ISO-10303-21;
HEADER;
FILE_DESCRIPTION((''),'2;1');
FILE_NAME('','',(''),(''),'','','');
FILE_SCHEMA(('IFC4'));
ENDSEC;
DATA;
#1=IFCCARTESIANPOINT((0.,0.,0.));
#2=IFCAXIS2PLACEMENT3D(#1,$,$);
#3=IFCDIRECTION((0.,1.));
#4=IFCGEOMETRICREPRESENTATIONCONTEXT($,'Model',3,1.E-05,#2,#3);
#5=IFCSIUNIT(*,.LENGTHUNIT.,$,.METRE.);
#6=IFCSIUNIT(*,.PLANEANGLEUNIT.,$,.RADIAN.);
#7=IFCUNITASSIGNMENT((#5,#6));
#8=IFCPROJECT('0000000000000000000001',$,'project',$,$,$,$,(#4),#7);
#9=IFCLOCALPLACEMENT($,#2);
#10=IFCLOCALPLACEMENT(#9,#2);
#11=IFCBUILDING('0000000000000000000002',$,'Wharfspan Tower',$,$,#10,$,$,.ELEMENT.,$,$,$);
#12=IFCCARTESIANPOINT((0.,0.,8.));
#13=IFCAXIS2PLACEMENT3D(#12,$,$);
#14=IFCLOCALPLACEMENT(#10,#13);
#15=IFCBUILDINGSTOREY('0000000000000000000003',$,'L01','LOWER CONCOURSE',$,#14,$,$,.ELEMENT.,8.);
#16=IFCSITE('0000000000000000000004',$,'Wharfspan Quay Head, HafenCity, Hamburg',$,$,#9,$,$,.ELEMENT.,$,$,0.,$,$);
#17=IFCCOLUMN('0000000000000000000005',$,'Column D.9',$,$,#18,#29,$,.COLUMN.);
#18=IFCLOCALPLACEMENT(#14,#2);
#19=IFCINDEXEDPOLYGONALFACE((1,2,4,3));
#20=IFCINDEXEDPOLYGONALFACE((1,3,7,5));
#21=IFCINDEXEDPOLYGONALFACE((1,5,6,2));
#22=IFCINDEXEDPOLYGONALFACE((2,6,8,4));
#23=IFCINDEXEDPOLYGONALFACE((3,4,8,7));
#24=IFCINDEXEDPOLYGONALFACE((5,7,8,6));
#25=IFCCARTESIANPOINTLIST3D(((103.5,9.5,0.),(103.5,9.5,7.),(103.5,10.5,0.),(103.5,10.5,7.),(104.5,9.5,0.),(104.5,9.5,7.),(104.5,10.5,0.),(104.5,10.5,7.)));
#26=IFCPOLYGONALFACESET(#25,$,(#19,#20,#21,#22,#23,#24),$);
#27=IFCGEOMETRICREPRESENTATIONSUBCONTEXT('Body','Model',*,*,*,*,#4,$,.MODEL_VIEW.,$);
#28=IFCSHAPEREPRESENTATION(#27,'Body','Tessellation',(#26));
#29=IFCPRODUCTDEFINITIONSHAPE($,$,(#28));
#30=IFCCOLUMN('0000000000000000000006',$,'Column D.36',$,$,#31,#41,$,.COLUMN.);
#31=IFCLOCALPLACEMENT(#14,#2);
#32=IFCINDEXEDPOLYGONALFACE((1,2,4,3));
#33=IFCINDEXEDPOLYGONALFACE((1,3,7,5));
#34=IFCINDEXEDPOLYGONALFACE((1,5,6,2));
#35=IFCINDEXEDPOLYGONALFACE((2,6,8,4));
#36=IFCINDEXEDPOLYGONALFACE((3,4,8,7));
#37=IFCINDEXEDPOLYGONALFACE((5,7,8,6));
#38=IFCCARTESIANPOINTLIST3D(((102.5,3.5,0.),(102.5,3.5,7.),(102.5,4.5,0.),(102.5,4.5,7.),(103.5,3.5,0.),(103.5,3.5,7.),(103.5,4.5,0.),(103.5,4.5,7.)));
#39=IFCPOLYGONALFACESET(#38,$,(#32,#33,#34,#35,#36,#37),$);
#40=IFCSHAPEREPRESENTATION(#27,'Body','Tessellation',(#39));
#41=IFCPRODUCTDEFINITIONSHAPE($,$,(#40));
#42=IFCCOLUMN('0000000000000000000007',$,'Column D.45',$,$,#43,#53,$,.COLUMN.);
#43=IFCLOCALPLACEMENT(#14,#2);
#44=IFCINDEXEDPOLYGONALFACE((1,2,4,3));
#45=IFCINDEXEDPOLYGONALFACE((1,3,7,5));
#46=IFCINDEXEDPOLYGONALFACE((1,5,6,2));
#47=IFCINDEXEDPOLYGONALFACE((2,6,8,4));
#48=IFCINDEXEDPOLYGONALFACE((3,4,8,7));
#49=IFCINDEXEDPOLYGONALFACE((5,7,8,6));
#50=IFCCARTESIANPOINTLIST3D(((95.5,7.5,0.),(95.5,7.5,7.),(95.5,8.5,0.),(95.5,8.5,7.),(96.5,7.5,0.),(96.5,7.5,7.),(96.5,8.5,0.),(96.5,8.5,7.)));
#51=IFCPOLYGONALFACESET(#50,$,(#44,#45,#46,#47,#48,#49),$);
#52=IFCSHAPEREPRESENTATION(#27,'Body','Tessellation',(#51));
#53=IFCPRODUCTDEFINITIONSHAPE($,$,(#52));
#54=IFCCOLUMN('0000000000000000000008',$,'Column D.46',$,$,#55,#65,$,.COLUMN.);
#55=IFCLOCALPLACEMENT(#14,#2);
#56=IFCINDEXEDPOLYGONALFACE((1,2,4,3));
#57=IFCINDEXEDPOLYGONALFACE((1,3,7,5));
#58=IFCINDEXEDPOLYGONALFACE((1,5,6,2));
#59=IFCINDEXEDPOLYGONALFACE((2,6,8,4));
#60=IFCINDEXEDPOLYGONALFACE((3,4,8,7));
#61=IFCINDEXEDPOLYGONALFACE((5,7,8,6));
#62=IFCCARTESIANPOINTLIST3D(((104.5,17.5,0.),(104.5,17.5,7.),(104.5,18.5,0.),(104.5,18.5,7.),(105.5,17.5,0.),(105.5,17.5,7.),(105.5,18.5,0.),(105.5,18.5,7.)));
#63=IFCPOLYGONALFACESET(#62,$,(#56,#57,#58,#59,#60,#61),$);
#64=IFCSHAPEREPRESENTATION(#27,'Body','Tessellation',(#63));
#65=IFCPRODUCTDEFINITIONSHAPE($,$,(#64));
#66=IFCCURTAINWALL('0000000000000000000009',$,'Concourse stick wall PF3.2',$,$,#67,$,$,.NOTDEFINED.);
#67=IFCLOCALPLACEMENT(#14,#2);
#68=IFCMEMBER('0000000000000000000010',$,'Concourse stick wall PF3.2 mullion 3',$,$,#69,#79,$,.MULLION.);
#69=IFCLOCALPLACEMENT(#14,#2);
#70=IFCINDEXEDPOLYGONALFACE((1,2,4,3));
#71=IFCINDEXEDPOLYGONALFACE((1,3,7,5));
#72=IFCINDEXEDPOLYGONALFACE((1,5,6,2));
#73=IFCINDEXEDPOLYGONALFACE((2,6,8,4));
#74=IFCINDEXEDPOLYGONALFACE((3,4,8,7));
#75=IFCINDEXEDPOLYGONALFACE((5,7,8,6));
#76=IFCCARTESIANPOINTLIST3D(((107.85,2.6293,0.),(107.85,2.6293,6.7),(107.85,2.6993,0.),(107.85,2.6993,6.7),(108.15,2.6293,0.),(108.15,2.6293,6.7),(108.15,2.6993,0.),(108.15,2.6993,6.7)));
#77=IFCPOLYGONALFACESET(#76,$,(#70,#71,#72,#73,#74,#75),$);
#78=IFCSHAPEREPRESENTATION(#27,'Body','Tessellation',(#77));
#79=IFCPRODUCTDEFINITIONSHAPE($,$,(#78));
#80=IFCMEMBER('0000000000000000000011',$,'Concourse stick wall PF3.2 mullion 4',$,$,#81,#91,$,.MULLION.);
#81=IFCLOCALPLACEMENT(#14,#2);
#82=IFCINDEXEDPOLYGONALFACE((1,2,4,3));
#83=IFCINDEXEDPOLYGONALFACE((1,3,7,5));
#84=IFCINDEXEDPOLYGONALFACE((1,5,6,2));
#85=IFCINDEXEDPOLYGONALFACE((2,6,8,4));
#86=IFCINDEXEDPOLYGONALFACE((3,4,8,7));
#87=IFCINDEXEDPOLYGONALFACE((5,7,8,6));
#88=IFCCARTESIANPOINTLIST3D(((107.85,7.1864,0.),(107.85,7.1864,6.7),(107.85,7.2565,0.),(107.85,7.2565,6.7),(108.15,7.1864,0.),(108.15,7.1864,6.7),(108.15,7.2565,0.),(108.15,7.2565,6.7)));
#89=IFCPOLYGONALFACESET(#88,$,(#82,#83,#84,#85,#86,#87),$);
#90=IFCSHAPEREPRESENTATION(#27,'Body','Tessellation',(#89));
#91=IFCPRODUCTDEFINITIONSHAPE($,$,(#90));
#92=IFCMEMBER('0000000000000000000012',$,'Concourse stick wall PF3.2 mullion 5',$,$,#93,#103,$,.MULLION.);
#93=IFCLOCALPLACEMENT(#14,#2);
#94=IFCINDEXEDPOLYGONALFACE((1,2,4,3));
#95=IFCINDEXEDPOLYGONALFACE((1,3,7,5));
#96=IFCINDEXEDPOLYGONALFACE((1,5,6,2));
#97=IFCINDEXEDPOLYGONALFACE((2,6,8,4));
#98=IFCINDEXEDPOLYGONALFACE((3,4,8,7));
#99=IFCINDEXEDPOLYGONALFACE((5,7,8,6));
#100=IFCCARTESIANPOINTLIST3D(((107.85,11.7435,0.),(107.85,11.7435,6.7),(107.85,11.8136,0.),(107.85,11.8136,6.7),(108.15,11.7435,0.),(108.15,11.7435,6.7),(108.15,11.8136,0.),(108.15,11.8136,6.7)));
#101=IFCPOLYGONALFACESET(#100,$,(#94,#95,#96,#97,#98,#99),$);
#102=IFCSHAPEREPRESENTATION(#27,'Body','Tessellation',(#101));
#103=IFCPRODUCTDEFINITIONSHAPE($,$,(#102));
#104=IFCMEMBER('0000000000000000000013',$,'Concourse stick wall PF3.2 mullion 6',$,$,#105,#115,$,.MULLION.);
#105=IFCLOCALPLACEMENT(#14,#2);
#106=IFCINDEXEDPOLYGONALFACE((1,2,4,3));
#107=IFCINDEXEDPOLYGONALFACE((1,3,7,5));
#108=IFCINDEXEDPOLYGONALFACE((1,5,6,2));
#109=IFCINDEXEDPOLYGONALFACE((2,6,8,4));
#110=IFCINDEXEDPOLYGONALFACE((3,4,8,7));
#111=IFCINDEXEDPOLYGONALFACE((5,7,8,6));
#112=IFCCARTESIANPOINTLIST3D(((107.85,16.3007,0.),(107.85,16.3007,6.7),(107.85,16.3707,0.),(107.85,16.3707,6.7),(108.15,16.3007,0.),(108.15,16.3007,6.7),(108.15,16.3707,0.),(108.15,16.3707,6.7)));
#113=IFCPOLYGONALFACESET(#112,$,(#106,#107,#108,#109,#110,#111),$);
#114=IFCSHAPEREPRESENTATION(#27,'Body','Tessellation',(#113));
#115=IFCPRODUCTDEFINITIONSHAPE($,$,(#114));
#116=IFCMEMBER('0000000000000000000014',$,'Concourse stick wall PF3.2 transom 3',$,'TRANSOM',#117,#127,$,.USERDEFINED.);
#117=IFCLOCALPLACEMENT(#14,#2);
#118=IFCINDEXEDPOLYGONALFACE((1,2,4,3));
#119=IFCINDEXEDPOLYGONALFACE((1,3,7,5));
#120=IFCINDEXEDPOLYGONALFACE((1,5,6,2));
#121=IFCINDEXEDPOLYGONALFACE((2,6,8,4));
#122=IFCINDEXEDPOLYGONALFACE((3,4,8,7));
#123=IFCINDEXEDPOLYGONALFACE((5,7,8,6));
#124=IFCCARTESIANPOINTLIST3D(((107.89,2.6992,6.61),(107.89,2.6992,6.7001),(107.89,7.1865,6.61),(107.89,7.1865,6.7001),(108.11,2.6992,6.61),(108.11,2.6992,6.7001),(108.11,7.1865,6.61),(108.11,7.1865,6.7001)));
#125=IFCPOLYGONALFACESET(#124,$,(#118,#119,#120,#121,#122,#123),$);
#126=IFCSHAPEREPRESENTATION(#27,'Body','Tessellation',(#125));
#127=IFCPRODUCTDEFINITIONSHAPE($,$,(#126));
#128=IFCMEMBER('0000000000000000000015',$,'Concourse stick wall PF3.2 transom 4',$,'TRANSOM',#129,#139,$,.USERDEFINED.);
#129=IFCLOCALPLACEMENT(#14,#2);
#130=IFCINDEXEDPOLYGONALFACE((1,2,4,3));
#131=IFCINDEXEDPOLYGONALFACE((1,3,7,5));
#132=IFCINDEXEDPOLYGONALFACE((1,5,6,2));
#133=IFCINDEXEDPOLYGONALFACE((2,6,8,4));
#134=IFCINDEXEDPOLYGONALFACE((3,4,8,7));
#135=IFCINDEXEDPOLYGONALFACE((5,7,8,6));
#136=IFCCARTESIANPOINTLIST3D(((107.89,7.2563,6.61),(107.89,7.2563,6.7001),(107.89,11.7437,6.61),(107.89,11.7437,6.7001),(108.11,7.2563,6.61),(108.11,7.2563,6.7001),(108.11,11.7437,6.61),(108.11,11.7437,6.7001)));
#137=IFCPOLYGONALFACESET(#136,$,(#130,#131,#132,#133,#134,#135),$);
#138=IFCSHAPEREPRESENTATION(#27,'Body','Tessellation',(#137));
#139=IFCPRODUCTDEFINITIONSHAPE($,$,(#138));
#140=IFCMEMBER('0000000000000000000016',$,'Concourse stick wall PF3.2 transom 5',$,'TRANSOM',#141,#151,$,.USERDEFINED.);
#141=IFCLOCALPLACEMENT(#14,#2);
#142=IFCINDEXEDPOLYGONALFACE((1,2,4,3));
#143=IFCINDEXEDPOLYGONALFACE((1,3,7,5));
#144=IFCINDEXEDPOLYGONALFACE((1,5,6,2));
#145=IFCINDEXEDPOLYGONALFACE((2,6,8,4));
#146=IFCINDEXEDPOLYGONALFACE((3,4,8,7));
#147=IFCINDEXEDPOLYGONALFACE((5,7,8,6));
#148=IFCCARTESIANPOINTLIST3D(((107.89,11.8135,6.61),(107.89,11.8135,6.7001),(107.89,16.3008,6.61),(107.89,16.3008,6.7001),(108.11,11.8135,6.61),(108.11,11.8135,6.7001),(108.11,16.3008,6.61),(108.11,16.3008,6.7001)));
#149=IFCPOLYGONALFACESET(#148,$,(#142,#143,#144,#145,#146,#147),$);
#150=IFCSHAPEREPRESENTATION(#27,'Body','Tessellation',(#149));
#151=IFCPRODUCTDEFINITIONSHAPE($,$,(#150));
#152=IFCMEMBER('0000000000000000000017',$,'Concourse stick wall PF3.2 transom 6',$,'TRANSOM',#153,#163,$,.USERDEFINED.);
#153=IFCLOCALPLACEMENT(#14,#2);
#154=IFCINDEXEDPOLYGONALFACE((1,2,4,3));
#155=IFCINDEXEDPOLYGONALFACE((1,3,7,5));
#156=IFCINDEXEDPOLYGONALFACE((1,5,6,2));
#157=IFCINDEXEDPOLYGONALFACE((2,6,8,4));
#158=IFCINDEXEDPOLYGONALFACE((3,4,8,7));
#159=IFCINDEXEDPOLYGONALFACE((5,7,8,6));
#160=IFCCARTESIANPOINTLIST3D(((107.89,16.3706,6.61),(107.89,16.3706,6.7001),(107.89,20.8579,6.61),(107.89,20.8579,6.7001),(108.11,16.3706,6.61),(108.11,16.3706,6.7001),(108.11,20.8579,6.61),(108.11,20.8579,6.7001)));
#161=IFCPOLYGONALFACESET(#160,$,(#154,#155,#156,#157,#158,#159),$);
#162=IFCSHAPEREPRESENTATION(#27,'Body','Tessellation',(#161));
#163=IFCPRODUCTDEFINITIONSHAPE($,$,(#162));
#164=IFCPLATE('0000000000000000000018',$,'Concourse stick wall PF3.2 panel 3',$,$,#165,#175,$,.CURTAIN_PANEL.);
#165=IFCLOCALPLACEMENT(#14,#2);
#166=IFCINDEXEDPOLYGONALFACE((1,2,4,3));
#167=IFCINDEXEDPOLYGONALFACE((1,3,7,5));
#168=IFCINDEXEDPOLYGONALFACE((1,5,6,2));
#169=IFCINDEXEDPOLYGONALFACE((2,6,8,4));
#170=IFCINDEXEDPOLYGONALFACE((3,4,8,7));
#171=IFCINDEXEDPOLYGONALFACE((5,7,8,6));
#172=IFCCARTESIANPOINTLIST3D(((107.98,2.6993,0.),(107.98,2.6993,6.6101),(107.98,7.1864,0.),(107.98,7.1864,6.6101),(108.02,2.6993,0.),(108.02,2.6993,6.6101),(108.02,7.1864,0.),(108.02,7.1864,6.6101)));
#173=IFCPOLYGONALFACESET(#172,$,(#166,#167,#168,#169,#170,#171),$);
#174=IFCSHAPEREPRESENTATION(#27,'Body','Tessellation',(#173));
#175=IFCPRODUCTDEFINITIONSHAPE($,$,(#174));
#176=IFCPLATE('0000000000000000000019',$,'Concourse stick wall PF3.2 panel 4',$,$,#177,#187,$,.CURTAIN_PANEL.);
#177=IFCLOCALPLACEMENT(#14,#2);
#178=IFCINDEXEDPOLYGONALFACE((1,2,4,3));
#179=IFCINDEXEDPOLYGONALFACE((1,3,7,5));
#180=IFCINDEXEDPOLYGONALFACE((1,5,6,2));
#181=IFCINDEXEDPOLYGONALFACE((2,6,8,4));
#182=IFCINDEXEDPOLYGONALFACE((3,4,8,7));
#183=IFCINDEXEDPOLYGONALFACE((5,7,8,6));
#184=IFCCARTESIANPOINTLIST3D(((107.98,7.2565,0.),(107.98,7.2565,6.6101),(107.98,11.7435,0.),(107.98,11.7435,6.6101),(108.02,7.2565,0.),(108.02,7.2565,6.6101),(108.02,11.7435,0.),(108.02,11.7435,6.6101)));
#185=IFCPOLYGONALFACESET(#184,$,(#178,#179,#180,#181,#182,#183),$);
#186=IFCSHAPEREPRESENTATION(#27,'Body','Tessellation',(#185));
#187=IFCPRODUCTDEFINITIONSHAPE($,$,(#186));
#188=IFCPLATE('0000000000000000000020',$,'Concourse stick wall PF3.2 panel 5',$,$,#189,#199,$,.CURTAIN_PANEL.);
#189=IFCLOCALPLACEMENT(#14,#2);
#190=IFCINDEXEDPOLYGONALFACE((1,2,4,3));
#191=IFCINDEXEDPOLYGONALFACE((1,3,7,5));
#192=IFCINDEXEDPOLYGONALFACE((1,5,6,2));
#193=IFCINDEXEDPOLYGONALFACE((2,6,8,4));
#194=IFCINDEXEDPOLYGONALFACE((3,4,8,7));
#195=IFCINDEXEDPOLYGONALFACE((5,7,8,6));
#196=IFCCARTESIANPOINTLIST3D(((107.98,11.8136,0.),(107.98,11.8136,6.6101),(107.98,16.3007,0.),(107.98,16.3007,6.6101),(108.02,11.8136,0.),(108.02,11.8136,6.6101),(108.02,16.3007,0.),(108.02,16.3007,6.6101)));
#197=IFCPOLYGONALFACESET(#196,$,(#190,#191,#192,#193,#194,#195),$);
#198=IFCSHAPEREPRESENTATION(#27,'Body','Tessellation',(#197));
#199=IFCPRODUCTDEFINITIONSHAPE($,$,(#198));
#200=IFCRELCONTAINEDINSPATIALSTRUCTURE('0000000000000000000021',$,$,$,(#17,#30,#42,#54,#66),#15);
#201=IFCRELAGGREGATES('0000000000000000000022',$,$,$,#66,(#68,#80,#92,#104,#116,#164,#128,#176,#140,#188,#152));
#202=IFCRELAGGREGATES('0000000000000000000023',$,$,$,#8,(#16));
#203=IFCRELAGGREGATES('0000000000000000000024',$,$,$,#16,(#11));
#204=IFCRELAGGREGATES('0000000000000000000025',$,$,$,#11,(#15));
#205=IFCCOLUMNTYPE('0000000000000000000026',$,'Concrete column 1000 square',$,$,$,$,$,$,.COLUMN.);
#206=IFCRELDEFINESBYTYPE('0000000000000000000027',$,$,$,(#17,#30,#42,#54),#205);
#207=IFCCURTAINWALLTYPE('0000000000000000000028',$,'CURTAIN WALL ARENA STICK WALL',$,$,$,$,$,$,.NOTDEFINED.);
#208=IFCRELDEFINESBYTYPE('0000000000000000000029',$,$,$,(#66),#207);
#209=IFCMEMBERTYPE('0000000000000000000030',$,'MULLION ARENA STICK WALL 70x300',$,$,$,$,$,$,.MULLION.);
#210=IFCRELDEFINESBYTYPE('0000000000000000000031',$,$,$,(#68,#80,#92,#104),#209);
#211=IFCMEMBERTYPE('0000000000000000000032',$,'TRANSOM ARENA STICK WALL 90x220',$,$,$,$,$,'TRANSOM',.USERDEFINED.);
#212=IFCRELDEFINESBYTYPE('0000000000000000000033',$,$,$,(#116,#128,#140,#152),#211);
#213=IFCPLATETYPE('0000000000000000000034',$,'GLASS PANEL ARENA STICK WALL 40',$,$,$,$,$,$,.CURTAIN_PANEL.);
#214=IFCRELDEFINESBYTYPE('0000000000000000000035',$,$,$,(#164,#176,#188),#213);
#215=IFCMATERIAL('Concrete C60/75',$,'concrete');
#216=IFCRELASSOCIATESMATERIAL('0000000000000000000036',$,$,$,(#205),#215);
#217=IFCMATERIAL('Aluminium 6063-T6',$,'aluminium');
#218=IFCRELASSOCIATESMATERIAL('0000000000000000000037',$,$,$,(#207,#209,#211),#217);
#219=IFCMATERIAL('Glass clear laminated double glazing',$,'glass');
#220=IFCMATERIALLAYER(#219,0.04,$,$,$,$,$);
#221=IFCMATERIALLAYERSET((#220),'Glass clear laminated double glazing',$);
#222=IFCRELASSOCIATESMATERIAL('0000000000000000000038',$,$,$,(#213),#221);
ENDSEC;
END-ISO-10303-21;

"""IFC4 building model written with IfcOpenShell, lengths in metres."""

from ifc_helpers import new_model, si_unit, direction, frame, origin, origin_2d, place, context, subcontext, project, spatial, rectangle, extrude, material, layer, layer_set, material_profile, profile_set, type_object, element, aggregate, save


model = new_model("IFC4")

# Units and contexts
model_context = context("Model", 3, precision=1e-05, world=origin(), true_north=direction((0.0, 1.0)))
body_context = subcontext(model_context, "Body", "Model", "MODEL_VIEW")
ifc_project = project(units=[si_unit("LENGTHUNIT", "METRE"), si_unit("PLANEANGLEUNIT", "RADIAN")], contexts=[model_context])

# Site, building, storey
site_placement = place(None, origin())
site = spatial("IfcSite", under=ifc_project, at=site_placement, Name="Wharfspan Quay Head, HafenCity, Hamburg", CompositionType="ELEMENT", RefElevation=0.0)
building_placement = place(site_placement, origin())
building = spatial("IfcBuilding", under=site, at=building_placement, Name="Wharfspan Tower", CompositionType="ELEMENT")
storey_placement = place(building_placement, frame((0.0, 0.0, 8.0)))
storey = spatial("IfcBuildingStorey", under=building, at=storey_placement, Name="L01", Description="LOWER CONCOURSE", CompositionType="ELEMENT", Elevation=8.0)

# Columns
ifc_material_1 = material(Name="Concrete C60/75", Category="concrete")
ifc_material_profile_1 = material_profile(ifc_material_1, rectangle(XDim=1.0, YDim=1.0, at=origin_2d()))
ifc_profile_set_1 = profile_set([ifc_material_profile_1], Name="Concrete C60/75")
column_type = type_object("IfcColumnType", Name="Concrete column 1000 square", PredefinedType="COLUMN", material=ifc_profile_set_1)
for number, where, z_axis, x_axis, name in (
    (1, (104.0, 10.0, 0.0), (0.0, 0.0, 1.0), (1.0, 0.0, 0.0), "Column D.9"),
    (2, (103.0, 4.0, 0.0), (0.0, 0.0, 1.0), (1.0, 0.0, 0.0), "Column D.36"),
    (3, (96.0, 8.0, 0.0), (0.0, 0.0, 1.0), (1.0, 0.0, 0.0), "Column D.45"),
    (4, (105.0, 18.0, 0.0), (0.0, 0.0, 1.0), (1.0, 0.0, 0.0), "Column D.46"),
):
    element("IfcColumn", number, at=place(storey_placement, frame(where, z_axis=z_axis, x_axis=x_axis)), inside=storey, type_object=column_type, Name=name, PredefinedType="COLUMN", context=body_context, shape_type="SweptSolid", body=[
        extrude(rectangle(XDim=1.0, YDim=1.0, at=origin_2d()), origin(), (0.0, 0.0, 1.0), 7.0),
    ])

# Curtain wall, members, plates
ifc_material_2 = material(Name="Aluminium 6063-T6", Category="aluminium")
curtain_wall_type = type_object("IfcCurtainWallType", Name="CURTAIN WALL ARENA STICK WALL", PredefinedType="NOTDEFINED", material=ifc_material_2)
curtain_wall_placement = place(storey_placement, origin())
curtain_wall = element("IfcCurtainWall", 5, at=curtain_wall_placement, inside=storey, type_object=curtain_wall_type, Name="Concourse stick wall PF3.2", PredefinedType="NOTDEFINED")
ifc_material_profile_2 = material_profile(ifc_material_2, rectangle(XDim=0.3, YDim=0.0701, at=origin_2d()))
ifc_profile_set_2 = profile_set([ifc_material_profile_2], Name="Aluminium 6063-T6")
member_type_1 = type_object("IfcMemberType", Name="MULLION ARENA STICK WALL 70x300", PredefinedType="MULLION", material=ifc_profile_set_2)
member_1_placement = place(storey_placement, frame((108.0, 2.6643, 0.0), z_axis=(0.0, 0.0, 1.0), x_axis=(-1.0, 0.0, 0.0)))
member_1 = element("IfcMember", 6, at=member_1_placement, type_object=member_type_1, Name="Concourse stick wall PF3.2 mullion 3", PredefinedType="MULLION", context=body_context, shape_type="SweptSolid", body=[
    extrude(rectangle(XDim=0.3, YDim=0.0701, at=origin_2d()), origin(), (0.0, 0.0, 1.0), 6.7),
])
member_2_placement = place(storey_placement, frame((108.0, 7.2214, 0.0), z_axis=(0.0, 0.0, 1.0), x_axis=(-1.0, 0.0, 0.0)))
member_2 = element("IfcMember", 7, at=member_2_placement, type_object=member_type_1, Name="Concourse stick wall PF3.2 mullion 4", PredefinedType="MULLION", context=body_context, shape_type="SweptSolid", body=[
    extrude(rectangle(XDim=0.3, YDim=0.0701, at=origin_2d()), origin(), (0.0, 0.0, 1.0), 6.7),
])
member_3_placement = place(storey_placement, frame((108.0, 11.7786, 0.0), z_axis=(0.0, 0.0, 1.0), x_axis=(-1.0, 0.0, 0.0)))
member_3 = element("IfcMember", 8, at=member_3_placement, type_object=member_type_1, Name="Concourse stick wall PF3.2 mullion 5", PredefinedType="MULLION", context=body_context, shape_type="SweptSolid", body=[
    extrude(rectangle(XDim=0.3, YDim=0.0701, at=origin_2d()), origin(), (0.0, 0.0, 1.0), 6.7),
])
member_4_placement = place(storey_placement, frame((108.0, 16.3357, 0.0), z_axis=(0.0, 0.0, 1.0), x_axis=(-1.0, 0.0, 0.0)))
member_4 = element("IfcMember", 9, at=member_4_placement, type_object=member_type_1, Name="Concourse stick wall PF3.2 mullion 6", PredefinedType="MULLION", context=body_context, shape_type="SweptSolid", body=[
    extrude(rectangle(XDim=0.3, YDim=0.0701, at=origin_2d()), origin(), (0.0, 0.0, 1.0), 6.7),
])
ifc_material_profile_3 = material_profile(ifc_material_2, rectangle(XDim=0.22, YDim=0.0901, at=origin_2d()))
ifc_profile_set_3 = profile_set([ifc_material_profile_3], Name="Aluminium 6063-T6")
member_type_2 = type_object("IfcMemberType", Name="TRANSOM ARENA STICK WALL 90x220", ElementType="TRANSOM", PredefinedType="USERDEFINED", material=ifc_profile_set_3)
member_5_placement = place(storey_placement, frame((108.0, 2.6992, 6.655), z_axis=(0.0, 1.0, 0.0), x_axis=(-1.0, 0.0, 0.0)))
member_5 = element("IfcMember", 10, at=member_5_placement, type_object=member_type_2, Name="Concourse stick wall PF3.2 transom 3", ObjectType="TRANSOM", PredefinedType="USERDEFINED", context=body_context, shape_type="SweptSolid", body=[
    extrude(rectangle(XDim=0.22, YDim=0.0901, at=origin_2d()), origin(), (0.0, 0.0, 1.0), 4.4873),
])
member_6_placement = place(storey_placement, frame((108.0, 7.2563, 6.655), z_axis=(0.0, 1.0, 0.0), x_axis=(-1.0, 0.0, 0.0)))
member_6 = element("IfcMember", 11, at=member_6_placement, type_object=member_type_2, Name="Concourse stick wall PF3.2 transom 4", ObjectType="TRANSOM", PredefinedType="USERDEFINED", context=body_context, shape_type="SweptSolid", body=[
    extrude(rectangle(XDim=0.22, YDim=0.0901, at=origin_2d()), origin(), (0.0, 0.0, 1.0), 4.4873),
])
member_7_placement = place(storey_placement, frame((108.0, 11.8135, 6.655), z_axis=(0.0, 1.0, 0.0), x_axis=(-1.0, 0.0, 0.0)))
member_7 = element("IfcMember", 12, at=member_7_placement, type_object=member_type_2, Name="Concourse stick wall PF3.2 transom 5", ObjectType="TRANSOM", PredefinedType="USERDEFINED", context=body_context, shape_type="SweptSolid", body=[
    extrude(rectangle(XDim=0.22, YDim=0.0901, at=origin_2d()), origin(), (0.0, 0.0, 1.0), 4.4873),
])
member_8_placement = place(storey_placement, frame((108.0, 16.3706, 6.655), z_axis=(0.0, 1.0, 0.0), x_axis=(-1.0, 0.0, 0.0)))
member_8 = element("IfcMember", 13, at=member_8_placement, type_object=member_type_2, Name="Concourse stick wall PF3.2 transom 6", ObjectType="TRANSOM", PredefinedType="USERDEFINED", context=body_context, shape_type="SweptSolid", body=[
    extrude(rectangle(XDim=0.22, YDim=0.0901, at=origin_2d()), origin(), (0.0, 0.0, 1.0), 4.4873),
])
ifc_material_3 = material(Name="Glass clear laminated double glazing", Category="glass")
ifc_layer_1 = layer(ifc_material_3, 0.04)
ifc_layer_set_1 = layer_set([ifc_layer_1], Name="Glass clear laminated double glazing")
plate_type = type_object("IfcPlateType", Name="GLASS PANEL ARENA STICK WALL 40", PredefinedType="CURTAIN_PANEL", material=ifc_layer_set_1)
plate_1_placement = place(storey_placement, frame((108.0, 4.9429, 0.0), z_axis=(0.0, 0.0, 1.0), x_axis=(0.0, 1.0, 0.0)))
plate_1 = element("IfcPlate", 14, at=plate_1_placement, type_object=plate_type, Name="Concourse stick wall PF3.2 panel 3", PredefinedType="CURTAIN_PANEL", context=body_context, shape_type="SweptSolid", body=[
    extrude(rectangle(XDim=4.4871, YDim=0.04, at=origin_2d()), origin(), (0.0, 0.0, 1.0), 6.6101),
])
plate_2_placement = place(storey_placement, frame((108.0, 9.5, 0.0), z_axis=(0.0, 0.0, 1.0), x_axis=(0.0, 1.0, 0.0)))
plate_2 = element("IfcPlate", 15, at=plate_2_placement, type_object=plate_type, Name="Concourse stick wall PF3.2 panel 4", PredefinedType="CURTAIN_PANEL", context=body_context, shape_type="SweptSolid", body=[
    extrude(rectangle(XDim=4.4871, YDim=0.04, at=origin_2d()), origin(), (0.0, 0.0, 1.0), 6.6101),
])
plate_3_placement = place(storey_placement, frame((108.0, 14.0571, 0.0), z_axis=(0.0, 0.0, 1.0), x_axis=(0.0, 1.0, 0.0)))
plate_3 = element("IfcPlate", 16, at=plate_3_placement, type_object=plate_type, Name="Concourse stick wall PF3.2 panel 5", PredefinedType="CURTAIN_PANEL", context=body_context, shape_type="SweptSolid", body=[
    extrude(rectangle(XDim=4.4871, YDim=0.04, at=origin_2d()), origin(), (0.0, 0.0, 1.0), 6.6101),
])
aggregate(curtain_wall, [member_1, member_2, member_3, member_4, member_5, plate_1, member_6, plate_2, member_7, plate_3, member_8])

save(model, "model.ifc")
